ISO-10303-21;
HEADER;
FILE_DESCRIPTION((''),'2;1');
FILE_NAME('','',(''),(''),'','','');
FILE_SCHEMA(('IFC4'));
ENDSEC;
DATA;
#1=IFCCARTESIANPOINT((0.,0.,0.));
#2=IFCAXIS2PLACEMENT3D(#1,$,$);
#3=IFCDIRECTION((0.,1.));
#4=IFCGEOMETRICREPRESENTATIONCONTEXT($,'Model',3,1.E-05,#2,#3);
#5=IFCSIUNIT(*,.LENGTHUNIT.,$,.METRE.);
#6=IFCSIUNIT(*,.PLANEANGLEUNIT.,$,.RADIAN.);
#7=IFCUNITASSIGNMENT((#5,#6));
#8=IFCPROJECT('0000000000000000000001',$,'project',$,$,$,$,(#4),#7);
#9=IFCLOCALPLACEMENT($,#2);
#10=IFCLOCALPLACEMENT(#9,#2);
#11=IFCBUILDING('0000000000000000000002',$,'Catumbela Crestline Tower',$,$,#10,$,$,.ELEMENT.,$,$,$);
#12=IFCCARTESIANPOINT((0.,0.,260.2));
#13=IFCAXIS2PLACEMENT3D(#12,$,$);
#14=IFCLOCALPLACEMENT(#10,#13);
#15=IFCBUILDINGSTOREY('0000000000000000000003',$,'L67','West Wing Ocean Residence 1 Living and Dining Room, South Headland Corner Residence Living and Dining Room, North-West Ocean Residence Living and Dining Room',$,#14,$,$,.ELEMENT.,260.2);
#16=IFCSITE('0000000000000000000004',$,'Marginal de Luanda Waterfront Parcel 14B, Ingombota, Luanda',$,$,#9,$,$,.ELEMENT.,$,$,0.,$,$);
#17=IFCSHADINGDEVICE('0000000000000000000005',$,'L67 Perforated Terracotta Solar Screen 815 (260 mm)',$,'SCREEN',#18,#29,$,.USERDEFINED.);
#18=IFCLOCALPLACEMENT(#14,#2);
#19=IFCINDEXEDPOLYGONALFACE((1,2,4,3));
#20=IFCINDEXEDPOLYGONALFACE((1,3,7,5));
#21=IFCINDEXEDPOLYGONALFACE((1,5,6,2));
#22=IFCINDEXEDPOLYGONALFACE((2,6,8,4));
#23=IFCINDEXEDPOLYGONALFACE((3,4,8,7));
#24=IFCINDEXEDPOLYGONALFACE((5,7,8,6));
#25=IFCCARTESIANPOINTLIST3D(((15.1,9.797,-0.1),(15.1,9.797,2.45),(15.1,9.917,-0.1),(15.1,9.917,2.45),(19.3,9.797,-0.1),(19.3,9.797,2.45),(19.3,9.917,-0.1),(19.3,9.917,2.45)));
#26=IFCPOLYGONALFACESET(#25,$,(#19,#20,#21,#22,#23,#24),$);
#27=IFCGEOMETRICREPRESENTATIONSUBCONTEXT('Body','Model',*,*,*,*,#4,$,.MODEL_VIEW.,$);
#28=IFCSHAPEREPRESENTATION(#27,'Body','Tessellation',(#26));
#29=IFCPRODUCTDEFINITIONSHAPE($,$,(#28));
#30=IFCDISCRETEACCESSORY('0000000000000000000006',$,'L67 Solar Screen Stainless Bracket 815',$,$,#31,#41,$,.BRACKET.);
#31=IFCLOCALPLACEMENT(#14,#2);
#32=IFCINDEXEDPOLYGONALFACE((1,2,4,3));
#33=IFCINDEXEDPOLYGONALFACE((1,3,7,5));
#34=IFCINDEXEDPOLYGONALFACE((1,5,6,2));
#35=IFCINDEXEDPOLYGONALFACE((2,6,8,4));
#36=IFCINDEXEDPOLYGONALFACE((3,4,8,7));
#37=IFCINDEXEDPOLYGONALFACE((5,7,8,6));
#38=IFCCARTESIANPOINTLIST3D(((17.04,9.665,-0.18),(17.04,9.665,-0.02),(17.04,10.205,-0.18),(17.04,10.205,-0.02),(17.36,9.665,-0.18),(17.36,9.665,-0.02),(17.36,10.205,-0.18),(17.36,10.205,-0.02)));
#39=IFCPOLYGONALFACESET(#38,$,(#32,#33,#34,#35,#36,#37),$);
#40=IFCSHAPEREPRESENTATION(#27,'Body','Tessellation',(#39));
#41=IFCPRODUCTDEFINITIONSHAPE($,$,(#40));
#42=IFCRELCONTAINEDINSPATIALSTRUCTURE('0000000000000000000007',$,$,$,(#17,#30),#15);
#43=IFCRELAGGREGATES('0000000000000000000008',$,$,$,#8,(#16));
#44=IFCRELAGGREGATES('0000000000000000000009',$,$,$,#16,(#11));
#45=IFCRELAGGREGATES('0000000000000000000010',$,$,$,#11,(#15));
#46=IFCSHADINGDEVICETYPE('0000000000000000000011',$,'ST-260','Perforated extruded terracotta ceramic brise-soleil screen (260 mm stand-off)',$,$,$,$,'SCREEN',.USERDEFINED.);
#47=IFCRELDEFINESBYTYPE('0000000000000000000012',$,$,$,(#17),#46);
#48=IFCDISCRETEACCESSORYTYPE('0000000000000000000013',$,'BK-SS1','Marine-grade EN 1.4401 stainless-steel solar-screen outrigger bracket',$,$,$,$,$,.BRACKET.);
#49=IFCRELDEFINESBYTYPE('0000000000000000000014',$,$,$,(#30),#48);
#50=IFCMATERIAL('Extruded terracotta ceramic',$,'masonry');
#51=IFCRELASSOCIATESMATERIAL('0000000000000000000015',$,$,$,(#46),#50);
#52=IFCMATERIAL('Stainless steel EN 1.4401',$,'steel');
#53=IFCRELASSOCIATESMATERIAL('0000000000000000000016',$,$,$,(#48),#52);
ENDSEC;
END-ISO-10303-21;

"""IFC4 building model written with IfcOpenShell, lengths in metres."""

from ifc_helpers import new_model, si_unit, direction, frame, origin, origin_2d, place, context, subcontext, project, spatial, rectangle, extrude, material, type_object, element, save


model = new_model("IFC4")

# Units and contexts
model_context = context("Model", 3, precision=1e-05, world=origin(), true_north=direction((0.0, 1.0)))
body_context = subcontext(model_context, "Body", "Model", "MODEL_VIEW")
ifc_project = project(units=[si_unit("LENGTHUNIT", "METRE"), si_unit("PLANEANGLEUNIT", "RADIAN")], contexts=[model_context])

# Site, building, storey
site_placement = place(None, origin())
site = spatial("IfcSite", under=ifc_project, at=site_placement, Name="Marginal de Luanda Waterfront Parcel 14B, Ingombota, Luanda", CompositionType="ELEMENT", RefElevation=0.0)
building_placement = place(site_placement, origin())
building = spatial("IfcBuilding", under=site, at=building_placement, Name="Catumbela Crestline Tower", CompositionType="ELEMENT")
storey_placement = place(building_placement, frame((0.0, 0.0, 260.2)))
storey = spatial("IfcBuildingStorey", under=building, at=storey_placement, Name="L67", Description="West Wing Ocean Residence 1 Living and Dining Room, South Headland Corner Residence Living and Dining Room, North-West Ocean Residence Living and Dining Room", CompositionType="ELEMENT", Elevation=260.2)

# Shared definitions
ifc_material_1 = material(Name="Stainless steel EN 1.4401", Category="steel")

# Shading device
ifc_material_2 = material(Name="Extruded terracotta ceramic", Category="masonry")
shading_device_type = type_object("IfcShadingDeviceType", Name="ST-260", Description="Perforated extruded terracotta ceramic brise-soleil screen (260 mm stand-off)", ElementType="SCREEN", PredefinedType="USERDEFINED", material=ifc_material_2)
shading_device_placement = place(storey_placement, frame((17.2, 9.857, -0.1), z_axis=(0.0, 0.0, 1.0), x_axis=(1.0, 0.0, 0.0)))
element("IfcShadingDevice", 1, at=shading_device_placement, inside=storey, type_object=shading_device_type, Name="L67 Perforated Terracotta Solar Screen 815 (260 mm)", ObjectType="SCREEN", PredefinedType="USERDEFINED", context=body_context, shape_type="SweptSolid", body=[
    extrude(rectangle(XDim=4.2, YDim=0.12, at=origin_2d()), origin(), (0.0, 0.0, 1.0), 2.55),
])

# Discrete accessory
discrete_accessory_type = type_object("IfcDiscreteAccessoryType", Name="BK-SS1", Description="Marine-grade EN 1.4401 stainless-steel solar-screen outrigger bracket", PredefinedType="BRACKET", material=ifc_material_1)
discrete_accessory_placement = place(storey_placement, frame((17.2, 9.935, -0.18), z_axis=(0.0, 0.0, 1.0), x_axis=(1.0, 0.0, 0.0)))
element("IfcDiscreteAccessory", 2, at=discrete_accessory_placement, inside=storey, type_object=discrete_accessory_type, Name="L67 Solar Screen Stainless Bracket 815", PredefinedType="BRACKET", context=body_context, shape_type="SweptSolid", body=[
    extrude(rectangle(XDim=0.32, YDim=0.54, at=origin_2d()), origin(), (0.0, 0.0, 1.0), 0.16),
])

save(model, "model.ifc")
